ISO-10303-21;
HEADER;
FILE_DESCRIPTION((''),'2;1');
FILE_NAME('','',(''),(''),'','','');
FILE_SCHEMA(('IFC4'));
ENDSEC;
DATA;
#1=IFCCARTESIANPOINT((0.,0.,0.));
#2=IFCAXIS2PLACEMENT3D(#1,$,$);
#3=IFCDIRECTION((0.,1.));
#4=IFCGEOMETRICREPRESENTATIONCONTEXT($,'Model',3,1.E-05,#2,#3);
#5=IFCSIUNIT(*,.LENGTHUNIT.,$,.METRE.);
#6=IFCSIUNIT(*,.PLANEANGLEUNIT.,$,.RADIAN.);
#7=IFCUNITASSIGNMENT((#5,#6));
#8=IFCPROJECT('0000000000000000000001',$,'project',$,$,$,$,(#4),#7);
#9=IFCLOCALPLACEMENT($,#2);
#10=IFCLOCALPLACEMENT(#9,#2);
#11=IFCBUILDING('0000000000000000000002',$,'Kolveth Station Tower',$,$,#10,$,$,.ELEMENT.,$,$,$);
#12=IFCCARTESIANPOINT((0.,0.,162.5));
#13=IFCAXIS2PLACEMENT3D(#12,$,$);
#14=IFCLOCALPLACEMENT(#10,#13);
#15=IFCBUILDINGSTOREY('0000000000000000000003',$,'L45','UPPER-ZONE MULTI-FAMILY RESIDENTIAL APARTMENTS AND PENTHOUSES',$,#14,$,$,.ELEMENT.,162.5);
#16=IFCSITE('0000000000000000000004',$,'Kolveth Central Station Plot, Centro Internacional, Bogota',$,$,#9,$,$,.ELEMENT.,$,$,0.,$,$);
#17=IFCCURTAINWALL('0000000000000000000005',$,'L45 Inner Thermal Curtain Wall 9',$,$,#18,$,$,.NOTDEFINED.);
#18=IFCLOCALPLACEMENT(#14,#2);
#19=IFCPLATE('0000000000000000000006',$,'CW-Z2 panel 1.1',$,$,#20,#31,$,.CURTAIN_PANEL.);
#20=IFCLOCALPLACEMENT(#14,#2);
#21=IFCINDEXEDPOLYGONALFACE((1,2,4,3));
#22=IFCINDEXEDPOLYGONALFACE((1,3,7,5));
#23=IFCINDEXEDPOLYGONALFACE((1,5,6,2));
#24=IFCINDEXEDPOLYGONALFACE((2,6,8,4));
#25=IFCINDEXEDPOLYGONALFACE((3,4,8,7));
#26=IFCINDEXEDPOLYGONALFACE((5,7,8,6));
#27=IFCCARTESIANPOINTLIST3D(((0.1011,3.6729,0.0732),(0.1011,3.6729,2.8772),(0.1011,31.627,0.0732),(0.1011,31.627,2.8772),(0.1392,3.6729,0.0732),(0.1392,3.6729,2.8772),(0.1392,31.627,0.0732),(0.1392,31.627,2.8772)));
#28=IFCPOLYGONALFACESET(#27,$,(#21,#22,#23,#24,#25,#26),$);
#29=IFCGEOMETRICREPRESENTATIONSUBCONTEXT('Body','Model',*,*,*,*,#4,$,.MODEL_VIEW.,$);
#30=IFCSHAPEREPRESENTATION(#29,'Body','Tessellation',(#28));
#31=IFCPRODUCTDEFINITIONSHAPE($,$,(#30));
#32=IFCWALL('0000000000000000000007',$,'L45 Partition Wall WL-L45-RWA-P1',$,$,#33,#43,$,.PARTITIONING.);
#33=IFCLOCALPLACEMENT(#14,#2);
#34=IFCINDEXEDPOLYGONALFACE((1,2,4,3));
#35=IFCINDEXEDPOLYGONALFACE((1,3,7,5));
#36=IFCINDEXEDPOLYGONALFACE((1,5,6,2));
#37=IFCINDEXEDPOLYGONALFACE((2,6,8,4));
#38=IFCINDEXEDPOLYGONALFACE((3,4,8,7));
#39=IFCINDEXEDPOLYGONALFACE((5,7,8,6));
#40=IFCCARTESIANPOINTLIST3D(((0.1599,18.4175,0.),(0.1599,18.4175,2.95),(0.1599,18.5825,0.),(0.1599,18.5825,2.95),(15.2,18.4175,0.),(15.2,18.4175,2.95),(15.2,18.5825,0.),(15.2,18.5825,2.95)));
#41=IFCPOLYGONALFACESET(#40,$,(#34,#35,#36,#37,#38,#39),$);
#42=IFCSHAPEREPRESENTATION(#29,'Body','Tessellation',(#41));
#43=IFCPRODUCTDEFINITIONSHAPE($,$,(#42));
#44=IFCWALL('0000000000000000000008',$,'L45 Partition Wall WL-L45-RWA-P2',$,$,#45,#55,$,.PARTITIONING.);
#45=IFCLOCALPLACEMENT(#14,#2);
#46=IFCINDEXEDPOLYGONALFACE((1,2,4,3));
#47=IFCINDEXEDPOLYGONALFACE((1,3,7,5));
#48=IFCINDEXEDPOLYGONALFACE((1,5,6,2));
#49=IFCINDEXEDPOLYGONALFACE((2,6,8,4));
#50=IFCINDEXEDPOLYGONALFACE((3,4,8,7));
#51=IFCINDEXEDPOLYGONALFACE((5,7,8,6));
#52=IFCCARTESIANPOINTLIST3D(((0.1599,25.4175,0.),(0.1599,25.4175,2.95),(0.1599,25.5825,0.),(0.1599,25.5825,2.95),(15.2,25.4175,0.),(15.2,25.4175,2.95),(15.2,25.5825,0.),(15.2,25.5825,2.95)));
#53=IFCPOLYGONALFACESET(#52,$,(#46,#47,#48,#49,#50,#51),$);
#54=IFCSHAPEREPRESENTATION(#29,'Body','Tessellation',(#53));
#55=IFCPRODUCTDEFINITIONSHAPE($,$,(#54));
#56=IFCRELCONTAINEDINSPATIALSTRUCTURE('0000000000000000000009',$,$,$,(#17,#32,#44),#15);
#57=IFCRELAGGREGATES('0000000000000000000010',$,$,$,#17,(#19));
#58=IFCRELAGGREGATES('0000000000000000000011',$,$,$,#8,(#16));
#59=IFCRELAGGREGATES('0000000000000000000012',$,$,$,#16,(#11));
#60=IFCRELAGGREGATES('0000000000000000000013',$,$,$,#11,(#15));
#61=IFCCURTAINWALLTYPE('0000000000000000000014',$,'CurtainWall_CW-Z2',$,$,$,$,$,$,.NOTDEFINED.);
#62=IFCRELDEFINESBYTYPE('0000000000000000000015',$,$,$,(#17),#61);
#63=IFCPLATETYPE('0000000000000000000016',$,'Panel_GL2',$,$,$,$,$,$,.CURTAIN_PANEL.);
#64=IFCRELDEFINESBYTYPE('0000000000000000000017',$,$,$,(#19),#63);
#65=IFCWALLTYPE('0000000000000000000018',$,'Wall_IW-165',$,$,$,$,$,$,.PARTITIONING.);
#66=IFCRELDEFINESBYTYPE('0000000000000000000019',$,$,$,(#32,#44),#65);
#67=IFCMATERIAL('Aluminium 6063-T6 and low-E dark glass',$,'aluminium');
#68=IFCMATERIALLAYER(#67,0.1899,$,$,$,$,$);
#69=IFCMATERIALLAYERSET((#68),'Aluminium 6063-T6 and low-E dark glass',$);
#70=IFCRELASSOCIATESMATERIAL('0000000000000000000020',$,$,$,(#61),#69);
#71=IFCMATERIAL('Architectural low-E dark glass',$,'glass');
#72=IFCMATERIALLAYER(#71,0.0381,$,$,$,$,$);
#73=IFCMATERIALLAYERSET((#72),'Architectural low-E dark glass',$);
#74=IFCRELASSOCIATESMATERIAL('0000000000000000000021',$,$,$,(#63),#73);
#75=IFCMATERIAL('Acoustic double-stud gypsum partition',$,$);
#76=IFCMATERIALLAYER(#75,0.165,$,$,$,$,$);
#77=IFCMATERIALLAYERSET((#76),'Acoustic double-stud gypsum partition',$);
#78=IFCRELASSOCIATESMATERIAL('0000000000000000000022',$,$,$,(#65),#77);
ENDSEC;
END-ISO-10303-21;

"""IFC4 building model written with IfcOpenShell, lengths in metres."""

from ifc_helpers import new_model, si_unit, direction, frame, frame_2d, origin, origin_2d, place, context, subcontext, project, spatial, rectangle, extrude, source, transform, mapped, material, layer, layer_set, type_object, element, aggregate, save


model = new_model("IFC4")

# Units and contexts
model_context = context("Model", 3, precision=1e-05, world=origin(), true_north=direction((0.0, 1.0)))
body_context = subcontext(model_context, "Body", "Model", "MODEL_VIEW")
ifc_project = project(units=[si_unit("LENGTHUNIT", "METRE"), si_unit("PLANEANGLEUNIT", "RADIAN")], contexts=[model_context])

# Site, building, storey
site_placement = place(None, origin())
site = spatial("IfcSite", under=ifc_project, at=site_placement, Name="Kolveth Central Station Plot, Centro Internacional, Bogota", CompositionType="ELEMENT", RefElevation=0.0)
building_placement = place(site_placement, origin())
building = spatial("IfcBuilding", under=site, at=building_placement, Name="Kolveth Station Tower", CompositionType="ELEMENT")
storey_placement = place(building_placement, frame((0.0, 0.0, 162.5)))
storey = spatial("IfcBuildingStorey", under=building, at=storey_placement, Name="L45", Description="UPPER-ZONE MULTI-FAMILY RESIDENTIAL APARTMENTS AND PENTHOUSES", CompositionType="ELEMENT", Elevation=162.5)

# Curtain wall, plate
ifc_material_1 = material(Name="Architectural low-E dark glass", Category="glass")
ifc_material_2 = material(Name="Aluminium 6063-T6 and low-E dark glass", Category="aluminium")
ifc_layer_1 = layer(ifc_material_2, 0.1899)
ifc_layer_set_1 = layer_set([ifc_layer_1], Name="Aluminium 6063-T6 and low-E dark glass")
curtain_wall_type_1 = type_object("IfcCurtainWallType", Name="CurtainWall_CW-Z2", PredefinedType="NOTDEFINED", material=ifc_layer_set_1)
curtain_wall_1_placement = place(storey_placement, origin())
curtain_wall_1 = element("IfcCurtainWall", 1, at=curtain_wall_1_placement, inside=storey, type_object=curtain_wall_type_1, Name="L45 Inner Thermal Curtain Wall 9", PredefinedType="NOTDEFINED")
ifc_layer_2 = layer(ifc_material_1, 0.0381)
ifc_layer_set_2 = layer_set([ifc_layer_2], Name="Architectural low-E dark glass")
plate_type_1 = type_object("IfcPlateType", Name="Panel_GL2", PredefinedType="CURTAIN_PANEL", material=ifc_layer_set_2)
shared_shape_1 = source(origin(), body_context, "Body", "SweptSolid", [
    extrude(rectangle(XDim=27.9541, YDim=0.0381, at=origin_2d()), origin(), (0.0, 0.0, 1.0), 2.804),
])
plate_1_placement = place(storey_placement, frame((0.1201, 17.6499, 0.0732), z_axis=(0.0, 0.0, 1.0), x_axis=(0.0, -1.0, 0.0)))
plate_1 = element("IfcPlate", 2, at=plate_1_placement, type_object=plate_type_1, Name="CW-Z2 panel 1.1", PredefinedType="CURTAIN_PANEL", context=body_context, shape_type="MappedRepresentation", body=[
    mapped(shared_shape_1, transform((0.0, 0.0, 0.0), x_axis=(1.0, 0.0, 0.0), y_axis=(0.0, 1.0, 0.0), z_axis=(0.0, 0.0, 1.0), scale=1.0)),
])
aggregate(curtain_wall_1, [plate_1])

# Walls
ifc_material_3 = material(Name="Acoustic double-stud gypsum partition")
ifc_layer_3 = layer(ifc_material_3, 0.165)
ifc_layer_set_3 = layer_set([ifc_layer_3], Name="Acoustic double-stud gypsum partition")
wall_type = type_object("IfcWallType", Name="Wall_IW-165", PredefinedType="PARTITIONING", material=ifc_layer_set_3)
for number, where, z_axis, x_axis, name in (
    (3, (0.1599, 18.5, 0.0), (0.0, 0.0, 1.0), (1.0, 0.0, 0.0), "L45 Partition Wall WL-L45-RWA-P1"),
    (4, (0.1599, 25.5, 0.0), (0.0, 0.0, 1.0), (1.0, 0.0, 0.0), "L45 Partition Wall WL-L45-RWA-P2"),
):
    element("IfcWall", number, at=place(storey_placement, frame(where, z_axis=z_axis, x_axis=x_axis)), inside=storey, type_object=wall_type, Name=name, PredefinedType="PARTITIONING", context=body_context, shape_type="SweptSolid", body=[
        extrude(rectangle(XDim=15.04, YDim=0.165, at=frame_2d((7.52, 0.0))), origin(), (0.0, 0.0, 1.0), 2.95),
    ])

save(model, "model.ifc")
